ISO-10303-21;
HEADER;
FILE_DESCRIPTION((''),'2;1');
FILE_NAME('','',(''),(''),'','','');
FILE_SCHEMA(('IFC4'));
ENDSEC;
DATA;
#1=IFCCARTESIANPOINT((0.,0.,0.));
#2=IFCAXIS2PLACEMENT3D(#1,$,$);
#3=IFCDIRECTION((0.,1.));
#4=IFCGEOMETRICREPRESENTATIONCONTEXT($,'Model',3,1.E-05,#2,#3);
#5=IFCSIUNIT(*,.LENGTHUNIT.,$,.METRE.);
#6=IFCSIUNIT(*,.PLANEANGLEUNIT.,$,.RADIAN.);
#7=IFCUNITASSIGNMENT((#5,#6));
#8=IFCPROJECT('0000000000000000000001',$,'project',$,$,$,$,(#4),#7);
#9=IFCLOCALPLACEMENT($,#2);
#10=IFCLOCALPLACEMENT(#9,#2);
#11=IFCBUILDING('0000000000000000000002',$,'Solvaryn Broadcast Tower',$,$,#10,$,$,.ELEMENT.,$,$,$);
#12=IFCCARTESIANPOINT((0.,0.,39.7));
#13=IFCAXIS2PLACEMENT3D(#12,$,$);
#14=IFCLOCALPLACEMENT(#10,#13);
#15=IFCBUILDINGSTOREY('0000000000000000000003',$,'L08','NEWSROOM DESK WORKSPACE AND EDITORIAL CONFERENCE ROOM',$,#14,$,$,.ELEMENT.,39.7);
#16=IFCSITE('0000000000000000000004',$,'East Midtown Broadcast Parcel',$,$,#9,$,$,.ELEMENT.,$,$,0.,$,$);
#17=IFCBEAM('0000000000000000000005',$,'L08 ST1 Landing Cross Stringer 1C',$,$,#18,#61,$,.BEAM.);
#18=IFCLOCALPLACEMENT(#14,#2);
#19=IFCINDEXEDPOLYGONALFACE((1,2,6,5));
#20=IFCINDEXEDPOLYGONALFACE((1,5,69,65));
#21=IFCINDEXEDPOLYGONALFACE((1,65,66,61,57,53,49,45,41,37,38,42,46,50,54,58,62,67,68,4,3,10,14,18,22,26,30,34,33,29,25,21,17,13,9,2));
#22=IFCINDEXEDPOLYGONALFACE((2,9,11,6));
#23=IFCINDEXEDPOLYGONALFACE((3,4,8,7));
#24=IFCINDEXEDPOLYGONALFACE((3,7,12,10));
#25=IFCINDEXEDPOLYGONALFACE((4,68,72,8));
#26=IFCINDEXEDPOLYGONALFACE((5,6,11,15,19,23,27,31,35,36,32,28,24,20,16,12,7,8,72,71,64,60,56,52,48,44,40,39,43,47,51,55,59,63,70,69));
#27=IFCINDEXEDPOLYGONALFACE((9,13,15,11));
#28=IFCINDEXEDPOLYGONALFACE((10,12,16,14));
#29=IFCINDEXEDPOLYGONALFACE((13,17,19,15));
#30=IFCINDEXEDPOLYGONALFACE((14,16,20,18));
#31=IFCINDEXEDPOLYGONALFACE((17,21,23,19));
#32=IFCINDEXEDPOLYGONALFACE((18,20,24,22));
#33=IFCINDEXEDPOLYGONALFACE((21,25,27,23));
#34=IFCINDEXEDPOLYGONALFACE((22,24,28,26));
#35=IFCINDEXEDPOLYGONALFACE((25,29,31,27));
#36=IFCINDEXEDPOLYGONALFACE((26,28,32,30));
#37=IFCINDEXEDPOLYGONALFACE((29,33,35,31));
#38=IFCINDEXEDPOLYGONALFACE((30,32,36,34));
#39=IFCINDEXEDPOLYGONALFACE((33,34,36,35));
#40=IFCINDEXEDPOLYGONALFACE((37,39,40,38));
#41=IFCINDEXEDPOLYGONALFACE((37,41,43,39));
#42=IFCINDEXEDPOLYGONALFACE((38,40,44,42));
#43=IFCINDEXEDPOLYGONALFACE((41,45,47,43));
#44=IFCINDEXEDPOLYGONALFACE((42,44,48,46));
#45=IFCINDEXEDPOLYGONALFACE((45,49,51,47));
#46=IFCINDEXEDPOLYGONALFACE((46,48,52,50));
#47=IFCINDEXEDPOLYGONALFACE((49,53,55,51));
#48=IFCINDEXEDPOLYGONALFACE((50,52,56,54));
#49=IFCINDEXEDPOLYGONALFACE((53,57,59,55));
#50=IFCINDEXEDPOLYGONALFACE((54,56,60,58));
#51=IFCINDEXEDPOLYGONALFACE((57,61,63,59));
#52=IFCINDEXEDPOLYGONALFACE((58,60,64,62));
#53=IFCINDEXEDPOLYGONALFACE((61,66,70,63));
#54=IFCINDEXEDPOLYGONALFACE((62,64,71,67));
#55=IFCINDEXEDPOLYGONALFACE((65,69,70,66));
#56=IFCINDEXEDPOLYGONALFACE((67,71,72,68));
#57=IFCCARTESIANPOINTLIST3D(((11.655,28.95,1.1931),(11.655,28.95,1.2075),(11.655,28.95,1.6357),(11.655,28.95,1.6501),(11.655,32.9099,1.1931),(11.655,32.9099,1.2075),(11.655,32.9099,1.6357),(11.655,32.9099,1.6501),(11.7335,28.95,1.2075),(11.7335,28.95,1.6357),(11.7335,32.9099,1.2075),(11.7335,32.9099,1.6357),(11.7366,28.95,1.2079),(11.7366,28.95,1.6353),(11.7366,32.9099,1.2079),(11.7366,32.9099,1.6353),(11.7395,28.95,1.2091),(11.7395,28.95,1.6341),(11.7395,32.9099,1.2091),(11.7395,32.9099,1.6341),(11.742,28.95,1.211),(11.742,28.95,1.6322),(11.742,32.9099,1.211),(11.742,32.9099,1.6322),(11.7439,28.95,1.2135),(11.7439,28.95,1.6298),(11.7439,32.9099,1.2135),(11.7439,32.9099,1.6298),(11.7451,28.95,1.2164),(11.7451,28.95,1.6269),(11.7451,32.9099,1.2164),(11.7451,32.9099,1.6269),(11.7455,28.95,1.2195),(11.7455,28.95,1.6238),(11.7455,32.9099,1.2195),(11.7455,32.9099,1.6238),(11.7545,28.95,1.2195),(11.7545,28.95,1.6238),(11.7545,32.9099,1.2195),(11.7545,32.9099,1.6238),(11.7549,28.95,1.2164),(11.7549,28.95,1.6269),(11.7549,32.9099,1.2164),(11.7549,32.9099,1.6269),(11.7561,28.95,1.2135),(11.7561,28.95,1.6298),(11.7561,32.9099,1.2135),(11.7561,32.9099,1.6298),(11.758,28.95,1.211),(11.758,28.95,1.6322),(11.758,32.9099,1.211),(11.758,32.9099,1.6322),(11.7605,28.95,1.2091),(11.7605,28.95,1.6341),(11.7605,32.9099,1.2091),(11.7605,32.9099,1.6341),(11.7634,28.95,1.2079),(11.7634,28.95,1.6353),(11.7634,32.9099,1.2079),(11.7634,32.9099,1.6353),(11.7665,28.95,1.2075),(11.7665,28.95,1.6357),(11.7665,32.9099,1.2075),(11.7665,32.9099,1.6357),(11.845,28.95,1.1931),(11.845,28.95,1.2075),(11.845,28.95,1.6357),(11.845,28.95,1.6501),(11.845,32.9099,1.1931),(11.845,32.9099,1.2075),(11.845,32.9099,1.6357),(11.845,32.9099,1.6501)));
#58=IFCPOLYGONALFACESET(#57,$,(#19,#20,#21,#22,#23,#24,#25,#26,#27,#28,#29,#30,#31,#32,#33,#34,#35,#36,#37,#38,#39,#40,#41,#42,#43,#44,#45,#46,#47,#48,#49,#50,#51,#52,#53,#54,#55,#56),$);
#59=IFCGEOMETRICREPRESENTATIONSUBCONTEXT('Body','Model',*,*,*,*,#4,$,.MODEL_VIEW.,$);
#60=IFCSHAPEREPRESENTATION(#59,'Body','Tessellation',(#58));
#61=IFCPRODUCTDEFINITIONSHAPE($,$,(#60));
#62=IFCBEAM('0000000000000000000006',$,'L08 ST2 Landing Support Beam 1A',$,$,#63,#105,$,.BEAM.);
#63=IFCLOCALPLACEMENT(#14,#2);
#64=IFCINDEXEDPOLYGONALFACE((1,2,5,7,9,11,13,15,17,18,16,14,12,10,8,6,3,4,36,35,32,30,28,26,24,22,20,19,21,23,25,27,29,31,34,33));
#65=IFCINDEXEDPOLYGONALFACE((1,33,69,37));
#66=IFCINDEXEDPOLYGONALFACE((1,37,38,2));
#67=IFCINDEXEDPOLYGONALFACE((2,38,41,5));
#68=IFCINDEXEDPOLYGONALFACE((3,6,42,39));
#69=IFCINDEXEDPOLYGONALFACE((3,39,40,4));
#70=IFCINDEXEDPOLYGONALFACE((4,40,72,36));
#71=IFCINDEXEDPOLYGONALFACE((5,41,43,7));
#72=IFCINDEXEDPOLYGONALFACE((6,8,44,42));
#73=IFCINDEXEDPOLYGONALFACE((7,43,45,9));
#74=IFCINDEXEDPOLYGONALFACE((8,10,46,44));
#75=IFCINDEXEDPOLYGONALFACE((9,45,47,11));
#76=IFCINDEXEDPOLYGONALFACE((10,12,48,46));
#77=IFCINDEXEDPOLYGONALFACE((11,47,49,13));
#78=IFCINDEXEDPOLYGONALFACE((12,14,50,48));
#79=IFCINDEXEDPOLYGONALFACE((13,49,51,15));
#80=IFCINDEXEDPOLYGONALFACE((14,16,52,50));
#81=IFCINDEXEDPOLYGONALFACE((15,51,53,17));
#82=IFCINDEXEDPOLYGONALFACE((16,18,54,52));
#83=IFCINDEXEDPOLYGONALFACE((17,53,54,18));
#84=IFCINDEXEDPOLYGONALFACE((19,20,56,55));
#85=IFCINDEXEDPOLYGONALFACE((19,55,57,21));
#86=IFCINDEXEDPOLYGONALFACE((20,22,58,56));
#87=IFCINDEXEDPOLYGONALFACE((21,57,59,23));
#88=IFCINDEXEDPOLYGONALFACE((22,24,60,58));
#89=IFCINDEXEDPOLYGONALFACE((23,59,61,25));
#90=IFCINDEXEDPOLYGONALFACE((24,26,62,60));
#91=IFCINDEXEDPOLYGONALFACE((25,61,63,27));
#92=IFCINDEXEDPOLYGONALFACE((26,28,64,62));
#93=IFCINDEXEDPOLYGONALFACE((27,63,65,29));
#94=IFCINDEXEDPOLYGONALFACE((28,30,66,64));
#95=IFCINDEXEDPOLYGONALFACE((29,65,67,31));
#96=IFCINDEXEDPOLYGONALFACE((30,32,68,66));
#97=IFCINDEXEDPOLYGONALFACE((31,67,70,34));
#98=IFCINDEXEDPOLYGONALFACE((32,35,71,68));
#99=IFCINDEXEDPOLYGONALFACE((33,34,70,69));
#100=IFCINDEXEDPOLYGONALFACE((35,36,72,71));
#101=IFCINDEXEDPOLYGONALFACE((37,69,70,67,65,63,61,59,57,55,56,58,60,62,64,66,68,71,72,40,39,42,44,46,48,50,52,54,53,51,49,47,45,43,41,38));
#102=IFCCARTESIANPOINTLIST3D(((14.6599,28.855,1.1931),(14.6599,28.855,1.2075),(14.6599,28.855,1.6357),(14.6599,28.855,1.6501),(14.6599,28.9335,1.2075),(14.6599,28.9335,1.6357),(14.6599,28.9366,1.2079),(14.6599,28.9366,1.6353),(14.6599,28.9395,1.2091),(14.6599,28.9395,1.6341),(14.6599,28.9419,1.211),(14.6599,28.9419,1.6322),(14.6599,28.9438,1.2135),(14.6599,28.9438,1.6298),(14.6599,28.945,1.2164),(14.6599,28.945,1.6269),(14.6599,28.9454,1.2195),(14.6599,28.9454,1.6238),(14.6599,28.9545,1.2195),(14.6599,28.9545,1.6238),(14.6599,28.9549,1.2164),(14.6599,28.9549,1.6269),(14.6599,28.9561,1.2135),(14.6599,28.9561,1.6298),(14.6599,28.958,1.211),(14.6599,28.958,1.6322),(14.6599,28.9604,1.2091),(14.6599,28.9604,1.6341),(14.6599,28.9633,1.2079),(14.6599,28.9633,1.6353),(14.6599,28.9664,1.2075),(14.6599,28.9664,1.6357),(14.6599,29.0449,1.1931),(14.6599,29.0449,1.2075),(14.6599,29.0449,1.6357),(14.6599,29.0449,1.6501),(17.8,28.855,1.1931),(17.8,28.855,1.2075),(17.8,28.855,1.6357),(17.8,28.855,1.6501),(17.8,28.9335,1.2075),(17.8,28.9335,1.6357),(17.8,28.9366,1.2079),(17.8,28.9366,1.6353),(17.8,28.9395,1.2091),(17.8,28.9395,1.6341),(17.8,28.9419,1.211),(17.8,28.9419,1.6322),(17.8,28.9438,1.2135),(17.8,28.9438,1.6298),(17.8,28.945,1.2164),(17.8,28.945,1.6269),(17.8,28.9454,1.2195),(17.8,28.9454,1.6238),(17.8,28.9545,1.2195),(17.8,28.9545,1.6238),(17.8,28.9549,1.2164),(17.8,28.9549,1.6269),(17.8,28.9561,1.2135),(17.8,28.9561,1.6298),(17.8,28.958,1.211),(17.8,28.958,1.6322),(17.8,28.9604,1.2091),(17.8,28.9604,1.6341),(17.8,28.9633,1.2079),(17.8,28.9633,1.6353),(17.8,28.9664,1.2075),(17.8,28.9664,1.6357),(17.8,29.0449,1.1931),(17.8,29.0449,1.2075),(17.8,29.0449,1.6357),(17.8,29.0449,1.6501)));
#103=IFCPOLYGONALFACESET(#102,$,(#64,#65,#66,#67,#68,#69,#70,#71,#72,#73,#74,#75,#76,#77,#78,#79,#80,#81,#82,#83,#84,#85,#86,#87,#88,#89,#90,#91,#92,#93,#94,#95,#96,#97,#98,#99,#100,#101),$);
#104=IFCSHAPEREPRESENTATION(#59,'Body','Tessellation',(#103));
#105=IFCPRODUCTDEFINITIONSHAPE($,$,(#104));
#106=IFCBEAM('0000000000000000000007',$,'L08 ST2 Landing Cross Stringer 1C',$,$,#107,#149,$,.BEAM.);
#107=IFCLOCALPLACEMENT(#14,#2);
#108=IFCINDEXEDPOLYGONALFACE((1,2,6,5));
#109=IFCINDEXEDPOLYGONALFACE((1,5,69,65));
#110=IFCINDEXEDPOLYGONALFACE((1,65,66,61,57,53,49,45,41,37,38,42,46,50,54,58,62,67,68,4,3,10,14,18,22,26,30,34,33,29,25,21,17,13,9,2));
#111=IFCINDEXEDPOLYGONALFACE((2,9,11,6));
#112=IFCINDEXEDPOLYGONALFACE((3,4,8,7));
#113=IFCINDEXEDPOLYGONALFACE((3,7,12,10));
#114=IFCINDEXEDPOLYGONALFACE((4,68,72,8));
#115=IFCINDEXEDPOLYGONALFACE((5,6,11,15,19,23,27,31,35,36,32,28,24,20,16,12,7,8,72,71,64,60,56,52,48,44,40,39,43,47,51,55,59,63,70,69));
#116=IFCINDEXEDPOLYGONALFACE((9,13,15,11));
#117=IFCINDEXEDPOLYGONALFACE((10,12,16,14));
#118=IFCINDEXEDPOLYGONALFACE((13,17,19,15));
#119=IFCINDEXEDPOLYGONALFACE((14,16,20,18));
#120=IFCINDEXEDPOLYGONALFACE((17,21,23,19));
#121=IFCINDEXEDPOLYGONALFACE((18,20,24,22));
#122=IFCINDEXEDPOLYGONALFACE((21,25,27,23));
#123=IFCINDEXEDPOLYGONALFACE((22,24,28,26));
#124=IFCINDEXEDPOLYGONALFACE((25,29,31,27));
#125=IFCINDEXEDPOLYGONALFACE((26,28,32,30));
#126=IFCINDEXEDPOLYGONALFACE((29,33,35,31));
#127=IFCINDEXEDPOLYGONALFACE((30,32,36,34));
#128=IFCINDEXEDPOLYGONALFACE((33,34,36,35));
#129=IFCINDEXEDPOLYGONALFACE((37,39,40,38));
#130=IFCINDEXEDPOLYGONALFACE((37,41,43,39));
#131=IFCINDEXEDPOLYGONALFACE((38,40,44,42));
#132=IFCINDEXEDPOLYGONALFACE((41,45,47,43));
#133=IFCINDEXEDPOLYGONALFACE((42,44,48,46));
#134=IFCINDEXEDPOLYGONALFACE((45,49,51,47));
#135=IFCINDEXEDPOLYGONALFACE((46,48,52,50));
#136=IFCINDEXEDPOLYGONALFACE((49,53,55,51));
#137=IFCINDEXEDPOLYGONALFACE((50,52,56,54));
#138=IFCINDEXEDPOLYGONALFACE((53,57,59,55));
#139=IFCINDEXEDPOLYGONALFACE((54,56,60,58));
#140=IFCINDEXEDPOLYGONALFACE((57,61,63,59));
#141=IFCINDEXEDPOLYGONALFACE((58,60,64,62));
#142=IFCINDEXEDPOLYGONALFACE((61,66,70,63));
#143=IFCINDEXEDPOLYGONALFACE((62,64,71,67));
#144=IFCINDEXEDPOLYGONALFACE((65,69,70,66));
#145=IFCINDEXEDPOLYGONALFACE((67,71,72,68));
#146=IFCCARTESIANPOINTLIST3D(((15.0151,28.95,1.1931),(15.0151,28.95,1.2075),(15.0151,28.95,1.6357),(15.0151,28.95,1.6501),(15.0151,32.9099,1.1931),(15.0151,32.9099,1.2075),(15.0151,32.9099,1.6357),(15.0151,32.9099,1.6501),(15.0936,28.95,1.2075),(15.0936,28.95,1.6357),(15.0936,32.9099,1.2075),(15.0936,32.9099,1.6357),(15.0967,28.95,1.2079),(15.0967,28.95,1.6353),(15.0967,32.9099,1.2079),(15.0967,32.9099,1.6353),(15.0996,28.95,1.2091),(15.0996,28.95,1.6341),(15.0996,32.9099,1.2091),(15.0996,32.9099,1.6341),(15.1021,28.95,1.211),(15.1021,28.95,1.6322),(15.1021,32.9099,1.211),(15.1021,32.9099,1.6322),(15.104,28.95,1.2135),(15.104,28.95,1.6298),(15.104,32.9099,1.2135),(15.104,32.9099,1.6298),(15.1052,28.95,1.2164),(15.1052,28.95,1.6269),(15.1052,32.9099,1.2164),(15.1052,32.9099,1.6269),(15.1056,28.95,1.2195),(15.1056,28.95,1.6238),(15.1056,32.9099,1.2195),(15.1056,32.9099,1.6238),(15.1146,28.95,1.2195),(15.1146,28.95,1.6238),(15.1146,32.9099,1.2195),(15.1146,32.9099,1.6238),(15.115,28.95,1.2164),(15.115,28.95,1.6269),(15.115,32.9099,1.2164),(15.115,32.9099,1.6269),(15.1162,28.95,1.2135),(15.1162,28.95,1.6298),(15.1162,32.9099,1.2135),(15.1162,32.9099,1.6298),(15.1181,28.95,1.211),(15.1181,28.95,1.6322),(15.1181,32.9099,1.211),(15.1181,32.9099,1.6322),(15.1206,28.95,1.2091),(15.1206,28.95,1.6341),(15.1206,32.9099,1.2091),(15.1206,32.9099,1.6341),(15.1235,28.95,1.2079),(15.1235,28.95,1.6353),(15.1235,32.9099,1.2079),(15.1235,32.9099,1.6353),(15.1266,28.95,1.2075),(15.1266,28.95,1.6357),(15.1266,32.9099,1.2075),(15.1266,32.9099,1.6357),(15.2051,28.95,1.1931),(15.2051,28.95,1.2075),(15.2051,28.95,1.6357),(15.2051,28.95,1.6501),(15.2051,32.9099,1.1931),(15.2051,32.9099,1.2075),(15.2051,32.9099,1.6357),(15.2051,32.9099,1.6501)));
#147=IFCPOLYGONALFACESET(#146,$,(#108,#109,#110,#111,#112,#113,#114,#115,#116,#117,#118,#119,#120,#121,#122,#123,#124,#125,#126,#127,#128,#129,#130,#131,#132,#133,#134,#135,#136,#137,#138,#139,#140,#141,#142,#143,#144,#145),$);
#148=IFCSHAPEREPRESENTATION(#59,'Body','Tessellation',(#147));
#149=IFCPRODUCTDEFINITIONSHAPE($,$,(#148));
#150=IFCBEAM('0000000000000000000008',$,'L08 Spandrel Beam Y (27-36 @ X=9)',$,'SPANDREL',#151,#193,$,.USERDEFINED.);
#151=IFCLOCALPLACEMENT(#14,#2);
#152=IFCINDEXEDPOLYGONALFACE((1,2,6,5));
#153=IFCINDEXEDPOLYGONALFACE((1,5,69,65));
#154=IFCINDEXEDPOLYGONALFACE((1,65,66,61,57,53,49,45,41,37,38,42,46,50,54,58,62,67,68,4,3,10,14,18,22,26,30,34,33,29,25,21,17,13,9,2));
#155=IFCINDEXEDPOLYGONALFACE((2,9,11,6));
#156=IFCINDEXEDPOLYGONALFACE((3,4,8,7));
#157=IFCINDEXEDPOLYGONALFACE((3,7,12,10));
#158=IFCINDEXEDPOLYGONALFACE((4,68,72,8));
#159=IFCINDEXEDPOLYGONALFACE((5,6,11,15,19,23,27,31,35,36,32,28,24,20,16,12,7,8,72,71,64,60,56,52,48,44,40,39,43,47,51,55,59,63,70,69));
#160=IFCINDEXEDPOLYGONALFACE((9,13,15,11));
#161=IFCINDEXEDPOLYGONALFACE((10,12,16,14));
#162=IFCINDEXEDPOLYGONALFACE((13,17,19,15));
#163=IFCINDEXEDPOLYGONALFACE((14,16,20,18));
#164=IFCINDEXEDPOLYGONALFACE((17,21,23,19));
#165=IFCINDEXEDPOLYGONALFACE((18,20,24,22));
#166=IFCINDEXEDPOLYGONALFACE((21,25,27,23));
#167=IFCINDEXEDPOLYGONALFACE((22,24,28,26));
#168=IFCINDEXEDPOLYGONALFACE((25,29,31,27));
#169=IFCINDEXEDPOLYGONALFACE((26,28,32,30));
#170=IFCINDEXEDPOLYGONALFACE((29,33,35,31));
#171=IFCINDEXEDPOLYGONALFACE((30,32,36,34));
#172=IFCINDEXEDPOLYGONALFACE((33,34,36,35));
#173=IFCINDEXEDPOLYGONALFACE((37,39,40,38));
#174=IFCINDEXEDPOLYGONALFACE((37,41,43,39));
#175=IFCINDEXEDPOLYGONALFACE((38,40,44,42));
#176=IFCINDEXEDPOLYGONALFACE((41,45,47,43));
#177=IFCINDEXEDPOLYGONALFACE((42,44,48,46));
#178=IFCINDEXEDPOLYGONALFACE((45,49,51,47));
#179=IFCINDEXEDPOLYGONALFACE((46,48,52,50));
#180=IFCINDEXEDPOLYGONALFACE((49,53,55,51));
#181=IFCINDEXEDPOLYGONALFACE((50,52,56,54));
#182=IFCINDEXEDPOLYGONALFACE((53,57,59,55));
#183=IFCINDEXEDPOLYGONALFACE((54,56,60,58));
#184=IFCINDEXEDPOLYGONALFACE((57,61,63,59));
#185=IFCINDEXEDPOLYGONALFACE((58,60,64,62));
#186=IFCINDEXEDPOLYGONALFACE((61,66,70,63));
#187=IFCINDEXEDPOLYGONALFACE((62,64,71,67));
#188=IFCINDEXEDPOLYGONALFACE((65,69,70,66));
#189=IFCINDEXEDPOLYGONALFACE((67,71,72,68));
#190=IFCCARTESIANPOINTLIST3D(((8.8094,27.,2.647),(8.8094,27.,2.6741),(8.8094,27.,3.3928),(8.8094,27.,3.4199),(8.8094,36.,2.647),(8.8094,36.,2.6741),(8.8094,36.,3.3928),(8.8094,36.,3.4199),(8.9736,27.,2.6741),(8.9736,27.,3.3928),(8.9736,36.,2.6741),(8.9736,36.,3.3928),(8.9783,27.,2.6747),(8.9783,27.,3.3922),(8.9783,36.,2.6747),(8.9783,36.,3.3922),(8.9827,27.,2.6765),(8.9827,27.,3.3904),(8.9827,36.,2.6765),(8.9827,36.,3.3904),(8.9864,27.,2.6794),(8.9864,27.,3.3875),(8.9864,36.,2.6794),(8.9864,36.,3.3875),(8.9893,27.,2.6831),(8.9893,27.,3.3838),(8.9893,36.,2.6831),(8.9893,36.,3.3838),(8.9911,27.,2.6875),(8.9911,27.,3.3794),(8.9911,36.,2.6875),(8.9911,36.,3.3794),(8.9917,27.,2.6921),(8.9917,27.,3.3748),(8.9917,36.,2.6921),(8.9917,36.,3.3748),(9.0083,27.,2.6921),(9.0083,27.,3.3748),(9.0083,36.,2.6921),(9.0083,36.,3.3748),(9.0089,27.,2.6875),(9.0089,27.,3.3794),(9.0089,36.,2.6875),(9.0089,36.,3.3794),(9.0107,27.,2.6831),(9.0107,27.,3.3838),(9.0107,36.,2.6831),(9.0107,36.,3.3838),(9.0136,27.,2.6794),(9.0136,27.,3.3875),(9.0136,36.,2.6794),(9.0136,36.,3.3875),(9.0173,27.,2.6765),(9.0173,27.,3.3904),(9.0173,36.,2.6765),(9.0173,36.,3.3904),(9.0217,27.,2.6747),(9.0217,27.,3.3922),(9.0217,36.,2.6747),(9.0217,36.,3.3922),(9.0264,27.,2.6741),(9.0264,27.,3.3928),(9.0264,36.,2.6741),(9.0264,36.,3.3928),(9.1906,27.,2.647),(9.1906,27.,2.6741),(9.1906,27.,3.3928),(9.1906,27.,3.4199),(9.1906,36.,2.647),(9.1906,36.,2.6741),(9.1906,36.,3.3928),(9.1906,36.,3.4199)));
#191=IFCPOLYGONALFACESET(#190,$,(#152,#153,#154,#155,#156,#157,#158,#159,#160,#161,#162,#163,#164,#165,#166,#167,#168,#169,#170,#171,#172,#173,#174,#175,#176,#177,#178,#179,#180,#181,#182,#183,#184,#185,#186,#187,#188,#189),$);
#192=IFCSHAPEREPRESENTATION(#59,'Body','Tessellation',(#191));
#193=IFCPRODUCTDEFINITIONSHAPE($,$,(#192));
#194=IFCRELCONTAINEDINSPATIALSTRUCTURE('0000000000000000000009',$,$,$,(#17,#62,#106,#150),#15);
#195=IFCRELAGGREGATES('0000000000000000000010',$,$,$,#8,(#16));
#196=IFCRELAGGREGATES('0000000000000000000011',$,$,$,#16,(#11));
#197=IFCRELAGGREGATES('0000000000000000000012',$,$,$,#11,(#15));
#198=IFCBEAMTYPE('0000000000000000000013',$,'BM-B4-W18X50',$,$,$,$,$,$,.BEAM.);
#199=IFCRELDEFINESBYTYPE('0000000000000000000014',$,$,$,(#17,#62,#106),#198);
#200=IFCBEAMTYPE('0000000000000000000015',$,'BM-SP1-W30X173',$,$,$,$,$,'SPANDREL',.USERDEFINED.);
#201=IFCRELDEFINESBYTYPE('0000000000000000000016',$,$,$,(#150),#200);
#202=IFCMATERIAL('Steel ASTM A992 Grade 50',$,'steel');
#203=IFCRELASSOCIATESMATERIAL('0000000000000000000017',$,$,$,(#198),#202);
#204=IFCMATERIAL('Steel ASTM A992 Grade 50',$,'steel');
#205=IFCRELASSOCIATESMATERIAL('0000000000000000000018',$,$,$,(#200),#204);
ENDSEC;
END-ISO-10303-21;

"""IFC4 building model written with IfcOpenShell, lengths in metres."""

from ifc_helpers import new_model, si_unit, direction, frame, origin, origin_2d, place, context, subcontext, project, spatial, i_section, extrude, material, material_profile, profile_set, type_object, element, save


model = new_model("IFC4")

# Units and contexts
model_context = context("Model", 3, precision=1e-05, world=origin(), true_north=direction((0.0, 1.0)))
body_context = subcontext(model_context, "Body", "Model", "MODEL_VIEW")
ifc_project = project(units=[si_unit("LENGTHUNIT", "METRE"), si_unit("PLANEANGLEUNIT", "RADIAN")], contexts=[model_context])

# Site, building, storey
site_placement = place(None, origin())
site = spatial("IfcSite", under=ifc_project, at=site_placement, Name="East Midtown Broadcast Parcel", CompositionType="ELEMENT", RefElevation=0.0)
building_placement = place(site_placement, origin())
building = spatial("IfcBuilding", under=site, at=building_placement, Name="Solvaryn Broadcast Tower", CompositionType="ELEMENT")
storey_placement = place(building_placement, frame((0.0, 0.0, 39.7)))
storey = spatial("IfcBuildingStorey", under=building, at=storey_placement, Name="L08", Description="NEWSROOM DESK WORKSPACE AND EDITORIAL CONFERENCE ROOM", CompositionType="ELEMENT", Elevation=39.7)

# Beams
ifc_material_1 = material(Name="Steel ASTM A992 Grade 50", Category="steel")
ifc_material_profile_1 = material_profile(ifc_material_1, i_section(OverallWidth=0.1899, OverallDepth=0.457, WebThickness=0.009, FlangeThickness=0.0144, FilletRadius=0.012, at=origin_2d()))
ifc_profile_set_1 = profile_set([ifc_material_profile_1], Name="Steel ASTM A992 Grade 50")
beam_type_1 = type_object("IfcBeamType", Name="BM-B4-W18X50", PredefinedType="BEAM", material=ifc_profile_set_1)
beam_1_placement = place(storey_placement, frame((11.75, 28.95, 1.4216), z_axis=(0.0, 1.0, 0.0), x_axis=(-1.0, 0.0, 0.0)))
element("IfcBeam", 1, at=beam_1_placement, inside=storey, type_object=beam_type_1, Name="L08 ST1 Landing Cross Stringer 1C", PredefinedType="BEAM", context=body_context, shape_type="SweptSolid", body=[
    extrude(i_section(OverallWidth=0.1899, OverallDepth=0.457, WebThickness=0.009, FlangeThickness=0.0144, FilletRadius=0.012, at=origin_2d()), origin(), (0.0, 0.0, 1.0), 3.96),
])
beam_2_placement = place(storey_placement, frame((14.6599, 28.95, 1.4216), z_axis=(1.0, 0.0, 0.0), x_axis=(0.0, 1.0, 0.0)))
element("IfcBeam", 2, at=beam_2_placement, inside=storey, type_object=beam_type_1, Name="L08 ST2 Landing Support Beam 1A", PredefinedType="BEAM", context=body_context, shape_type="SweptSolid", body=[
    extrude(i_section(OverallWidth=0.1899, OverallDepth=0.457, WebThickness=0.009, FlangeThickness=0.0144, FilletRadius=0.012, at=origin_2d()), origin(), (0.0, 0.0, 1.0), 3.1401),
])
beam_3_placement = place(storey_placement, frame((15.1101, 28.95, 1.4216), z_axis=(0.0, 1.0, 0.0), x_axis=(-1.0, 0.0, 0.0)))
element("IfcBeam", 3, at=beam_3_placement, inside=storey, type_object=beam_type_1, Name="L08 ST2 Landing Cross Stringer 1C", PredefinedType="BEAM", context=body_context, shape_type="SweptSolid", body=[
    extrude(i_section(OverallWidth=0.1899, OverallDepth=0.457, WebThickness=0.009, FlangeThickness=0.0144, FilletRadius=0.012, at=origin_2d()), origin(), (0.0, 0.0, 1.0), 3.96),
])
ifc_material_2 = material(Name="Steel ASTM A992 Grade 50", Category="steel")
ifc_material_profile_2 = material_profile(ifc_material_2, i_section(OverallWidth=0.3811, OverallDepth=0.7729, WebThickness=0.0166, FlangeThickness=0.0271, FilletRadius=0.0181, at=origin_2d()))
ifc_profile_set_2 = profile_set([ifc_material_profile_2], Name="Steel ASTM A992 Grade 50")
beam_type_2 = type_object("IfcBeamType", Name="BM-SP1-W30X173", ElementType="SPANDREL", PredefinedType="USERDEFINED", material=ifc_profile_set_2)
beam_4_placement = place(storey_placement, frame((9.0, 27.0, 3.0334), z_axis=(0.0, 1.0, 0.0), x_axis=(-1.0, 0.0, 0.0)))
element("IfcBeam", 4, at=beam_4_placement, inside=storey, type_object=beam_type_2, Name="L08 Spandrel Beam Y (27-36 @ X=9)", ObjectType="SPANDREL", PredefinedType="USERDEFINED", context=body_context, shape_type="SweptSolid", body=[
    extrude(i_section(OverallWidth=0.3811, OverallDepth=0.7729, WebThickness=0.0166, FlangeThickness=0.0271, FilletRadius=0.0181, at=origin_2d()), origin(), (0.0, 0.0, 1.0), 9.0),
])

save(model, "model.ifc")
